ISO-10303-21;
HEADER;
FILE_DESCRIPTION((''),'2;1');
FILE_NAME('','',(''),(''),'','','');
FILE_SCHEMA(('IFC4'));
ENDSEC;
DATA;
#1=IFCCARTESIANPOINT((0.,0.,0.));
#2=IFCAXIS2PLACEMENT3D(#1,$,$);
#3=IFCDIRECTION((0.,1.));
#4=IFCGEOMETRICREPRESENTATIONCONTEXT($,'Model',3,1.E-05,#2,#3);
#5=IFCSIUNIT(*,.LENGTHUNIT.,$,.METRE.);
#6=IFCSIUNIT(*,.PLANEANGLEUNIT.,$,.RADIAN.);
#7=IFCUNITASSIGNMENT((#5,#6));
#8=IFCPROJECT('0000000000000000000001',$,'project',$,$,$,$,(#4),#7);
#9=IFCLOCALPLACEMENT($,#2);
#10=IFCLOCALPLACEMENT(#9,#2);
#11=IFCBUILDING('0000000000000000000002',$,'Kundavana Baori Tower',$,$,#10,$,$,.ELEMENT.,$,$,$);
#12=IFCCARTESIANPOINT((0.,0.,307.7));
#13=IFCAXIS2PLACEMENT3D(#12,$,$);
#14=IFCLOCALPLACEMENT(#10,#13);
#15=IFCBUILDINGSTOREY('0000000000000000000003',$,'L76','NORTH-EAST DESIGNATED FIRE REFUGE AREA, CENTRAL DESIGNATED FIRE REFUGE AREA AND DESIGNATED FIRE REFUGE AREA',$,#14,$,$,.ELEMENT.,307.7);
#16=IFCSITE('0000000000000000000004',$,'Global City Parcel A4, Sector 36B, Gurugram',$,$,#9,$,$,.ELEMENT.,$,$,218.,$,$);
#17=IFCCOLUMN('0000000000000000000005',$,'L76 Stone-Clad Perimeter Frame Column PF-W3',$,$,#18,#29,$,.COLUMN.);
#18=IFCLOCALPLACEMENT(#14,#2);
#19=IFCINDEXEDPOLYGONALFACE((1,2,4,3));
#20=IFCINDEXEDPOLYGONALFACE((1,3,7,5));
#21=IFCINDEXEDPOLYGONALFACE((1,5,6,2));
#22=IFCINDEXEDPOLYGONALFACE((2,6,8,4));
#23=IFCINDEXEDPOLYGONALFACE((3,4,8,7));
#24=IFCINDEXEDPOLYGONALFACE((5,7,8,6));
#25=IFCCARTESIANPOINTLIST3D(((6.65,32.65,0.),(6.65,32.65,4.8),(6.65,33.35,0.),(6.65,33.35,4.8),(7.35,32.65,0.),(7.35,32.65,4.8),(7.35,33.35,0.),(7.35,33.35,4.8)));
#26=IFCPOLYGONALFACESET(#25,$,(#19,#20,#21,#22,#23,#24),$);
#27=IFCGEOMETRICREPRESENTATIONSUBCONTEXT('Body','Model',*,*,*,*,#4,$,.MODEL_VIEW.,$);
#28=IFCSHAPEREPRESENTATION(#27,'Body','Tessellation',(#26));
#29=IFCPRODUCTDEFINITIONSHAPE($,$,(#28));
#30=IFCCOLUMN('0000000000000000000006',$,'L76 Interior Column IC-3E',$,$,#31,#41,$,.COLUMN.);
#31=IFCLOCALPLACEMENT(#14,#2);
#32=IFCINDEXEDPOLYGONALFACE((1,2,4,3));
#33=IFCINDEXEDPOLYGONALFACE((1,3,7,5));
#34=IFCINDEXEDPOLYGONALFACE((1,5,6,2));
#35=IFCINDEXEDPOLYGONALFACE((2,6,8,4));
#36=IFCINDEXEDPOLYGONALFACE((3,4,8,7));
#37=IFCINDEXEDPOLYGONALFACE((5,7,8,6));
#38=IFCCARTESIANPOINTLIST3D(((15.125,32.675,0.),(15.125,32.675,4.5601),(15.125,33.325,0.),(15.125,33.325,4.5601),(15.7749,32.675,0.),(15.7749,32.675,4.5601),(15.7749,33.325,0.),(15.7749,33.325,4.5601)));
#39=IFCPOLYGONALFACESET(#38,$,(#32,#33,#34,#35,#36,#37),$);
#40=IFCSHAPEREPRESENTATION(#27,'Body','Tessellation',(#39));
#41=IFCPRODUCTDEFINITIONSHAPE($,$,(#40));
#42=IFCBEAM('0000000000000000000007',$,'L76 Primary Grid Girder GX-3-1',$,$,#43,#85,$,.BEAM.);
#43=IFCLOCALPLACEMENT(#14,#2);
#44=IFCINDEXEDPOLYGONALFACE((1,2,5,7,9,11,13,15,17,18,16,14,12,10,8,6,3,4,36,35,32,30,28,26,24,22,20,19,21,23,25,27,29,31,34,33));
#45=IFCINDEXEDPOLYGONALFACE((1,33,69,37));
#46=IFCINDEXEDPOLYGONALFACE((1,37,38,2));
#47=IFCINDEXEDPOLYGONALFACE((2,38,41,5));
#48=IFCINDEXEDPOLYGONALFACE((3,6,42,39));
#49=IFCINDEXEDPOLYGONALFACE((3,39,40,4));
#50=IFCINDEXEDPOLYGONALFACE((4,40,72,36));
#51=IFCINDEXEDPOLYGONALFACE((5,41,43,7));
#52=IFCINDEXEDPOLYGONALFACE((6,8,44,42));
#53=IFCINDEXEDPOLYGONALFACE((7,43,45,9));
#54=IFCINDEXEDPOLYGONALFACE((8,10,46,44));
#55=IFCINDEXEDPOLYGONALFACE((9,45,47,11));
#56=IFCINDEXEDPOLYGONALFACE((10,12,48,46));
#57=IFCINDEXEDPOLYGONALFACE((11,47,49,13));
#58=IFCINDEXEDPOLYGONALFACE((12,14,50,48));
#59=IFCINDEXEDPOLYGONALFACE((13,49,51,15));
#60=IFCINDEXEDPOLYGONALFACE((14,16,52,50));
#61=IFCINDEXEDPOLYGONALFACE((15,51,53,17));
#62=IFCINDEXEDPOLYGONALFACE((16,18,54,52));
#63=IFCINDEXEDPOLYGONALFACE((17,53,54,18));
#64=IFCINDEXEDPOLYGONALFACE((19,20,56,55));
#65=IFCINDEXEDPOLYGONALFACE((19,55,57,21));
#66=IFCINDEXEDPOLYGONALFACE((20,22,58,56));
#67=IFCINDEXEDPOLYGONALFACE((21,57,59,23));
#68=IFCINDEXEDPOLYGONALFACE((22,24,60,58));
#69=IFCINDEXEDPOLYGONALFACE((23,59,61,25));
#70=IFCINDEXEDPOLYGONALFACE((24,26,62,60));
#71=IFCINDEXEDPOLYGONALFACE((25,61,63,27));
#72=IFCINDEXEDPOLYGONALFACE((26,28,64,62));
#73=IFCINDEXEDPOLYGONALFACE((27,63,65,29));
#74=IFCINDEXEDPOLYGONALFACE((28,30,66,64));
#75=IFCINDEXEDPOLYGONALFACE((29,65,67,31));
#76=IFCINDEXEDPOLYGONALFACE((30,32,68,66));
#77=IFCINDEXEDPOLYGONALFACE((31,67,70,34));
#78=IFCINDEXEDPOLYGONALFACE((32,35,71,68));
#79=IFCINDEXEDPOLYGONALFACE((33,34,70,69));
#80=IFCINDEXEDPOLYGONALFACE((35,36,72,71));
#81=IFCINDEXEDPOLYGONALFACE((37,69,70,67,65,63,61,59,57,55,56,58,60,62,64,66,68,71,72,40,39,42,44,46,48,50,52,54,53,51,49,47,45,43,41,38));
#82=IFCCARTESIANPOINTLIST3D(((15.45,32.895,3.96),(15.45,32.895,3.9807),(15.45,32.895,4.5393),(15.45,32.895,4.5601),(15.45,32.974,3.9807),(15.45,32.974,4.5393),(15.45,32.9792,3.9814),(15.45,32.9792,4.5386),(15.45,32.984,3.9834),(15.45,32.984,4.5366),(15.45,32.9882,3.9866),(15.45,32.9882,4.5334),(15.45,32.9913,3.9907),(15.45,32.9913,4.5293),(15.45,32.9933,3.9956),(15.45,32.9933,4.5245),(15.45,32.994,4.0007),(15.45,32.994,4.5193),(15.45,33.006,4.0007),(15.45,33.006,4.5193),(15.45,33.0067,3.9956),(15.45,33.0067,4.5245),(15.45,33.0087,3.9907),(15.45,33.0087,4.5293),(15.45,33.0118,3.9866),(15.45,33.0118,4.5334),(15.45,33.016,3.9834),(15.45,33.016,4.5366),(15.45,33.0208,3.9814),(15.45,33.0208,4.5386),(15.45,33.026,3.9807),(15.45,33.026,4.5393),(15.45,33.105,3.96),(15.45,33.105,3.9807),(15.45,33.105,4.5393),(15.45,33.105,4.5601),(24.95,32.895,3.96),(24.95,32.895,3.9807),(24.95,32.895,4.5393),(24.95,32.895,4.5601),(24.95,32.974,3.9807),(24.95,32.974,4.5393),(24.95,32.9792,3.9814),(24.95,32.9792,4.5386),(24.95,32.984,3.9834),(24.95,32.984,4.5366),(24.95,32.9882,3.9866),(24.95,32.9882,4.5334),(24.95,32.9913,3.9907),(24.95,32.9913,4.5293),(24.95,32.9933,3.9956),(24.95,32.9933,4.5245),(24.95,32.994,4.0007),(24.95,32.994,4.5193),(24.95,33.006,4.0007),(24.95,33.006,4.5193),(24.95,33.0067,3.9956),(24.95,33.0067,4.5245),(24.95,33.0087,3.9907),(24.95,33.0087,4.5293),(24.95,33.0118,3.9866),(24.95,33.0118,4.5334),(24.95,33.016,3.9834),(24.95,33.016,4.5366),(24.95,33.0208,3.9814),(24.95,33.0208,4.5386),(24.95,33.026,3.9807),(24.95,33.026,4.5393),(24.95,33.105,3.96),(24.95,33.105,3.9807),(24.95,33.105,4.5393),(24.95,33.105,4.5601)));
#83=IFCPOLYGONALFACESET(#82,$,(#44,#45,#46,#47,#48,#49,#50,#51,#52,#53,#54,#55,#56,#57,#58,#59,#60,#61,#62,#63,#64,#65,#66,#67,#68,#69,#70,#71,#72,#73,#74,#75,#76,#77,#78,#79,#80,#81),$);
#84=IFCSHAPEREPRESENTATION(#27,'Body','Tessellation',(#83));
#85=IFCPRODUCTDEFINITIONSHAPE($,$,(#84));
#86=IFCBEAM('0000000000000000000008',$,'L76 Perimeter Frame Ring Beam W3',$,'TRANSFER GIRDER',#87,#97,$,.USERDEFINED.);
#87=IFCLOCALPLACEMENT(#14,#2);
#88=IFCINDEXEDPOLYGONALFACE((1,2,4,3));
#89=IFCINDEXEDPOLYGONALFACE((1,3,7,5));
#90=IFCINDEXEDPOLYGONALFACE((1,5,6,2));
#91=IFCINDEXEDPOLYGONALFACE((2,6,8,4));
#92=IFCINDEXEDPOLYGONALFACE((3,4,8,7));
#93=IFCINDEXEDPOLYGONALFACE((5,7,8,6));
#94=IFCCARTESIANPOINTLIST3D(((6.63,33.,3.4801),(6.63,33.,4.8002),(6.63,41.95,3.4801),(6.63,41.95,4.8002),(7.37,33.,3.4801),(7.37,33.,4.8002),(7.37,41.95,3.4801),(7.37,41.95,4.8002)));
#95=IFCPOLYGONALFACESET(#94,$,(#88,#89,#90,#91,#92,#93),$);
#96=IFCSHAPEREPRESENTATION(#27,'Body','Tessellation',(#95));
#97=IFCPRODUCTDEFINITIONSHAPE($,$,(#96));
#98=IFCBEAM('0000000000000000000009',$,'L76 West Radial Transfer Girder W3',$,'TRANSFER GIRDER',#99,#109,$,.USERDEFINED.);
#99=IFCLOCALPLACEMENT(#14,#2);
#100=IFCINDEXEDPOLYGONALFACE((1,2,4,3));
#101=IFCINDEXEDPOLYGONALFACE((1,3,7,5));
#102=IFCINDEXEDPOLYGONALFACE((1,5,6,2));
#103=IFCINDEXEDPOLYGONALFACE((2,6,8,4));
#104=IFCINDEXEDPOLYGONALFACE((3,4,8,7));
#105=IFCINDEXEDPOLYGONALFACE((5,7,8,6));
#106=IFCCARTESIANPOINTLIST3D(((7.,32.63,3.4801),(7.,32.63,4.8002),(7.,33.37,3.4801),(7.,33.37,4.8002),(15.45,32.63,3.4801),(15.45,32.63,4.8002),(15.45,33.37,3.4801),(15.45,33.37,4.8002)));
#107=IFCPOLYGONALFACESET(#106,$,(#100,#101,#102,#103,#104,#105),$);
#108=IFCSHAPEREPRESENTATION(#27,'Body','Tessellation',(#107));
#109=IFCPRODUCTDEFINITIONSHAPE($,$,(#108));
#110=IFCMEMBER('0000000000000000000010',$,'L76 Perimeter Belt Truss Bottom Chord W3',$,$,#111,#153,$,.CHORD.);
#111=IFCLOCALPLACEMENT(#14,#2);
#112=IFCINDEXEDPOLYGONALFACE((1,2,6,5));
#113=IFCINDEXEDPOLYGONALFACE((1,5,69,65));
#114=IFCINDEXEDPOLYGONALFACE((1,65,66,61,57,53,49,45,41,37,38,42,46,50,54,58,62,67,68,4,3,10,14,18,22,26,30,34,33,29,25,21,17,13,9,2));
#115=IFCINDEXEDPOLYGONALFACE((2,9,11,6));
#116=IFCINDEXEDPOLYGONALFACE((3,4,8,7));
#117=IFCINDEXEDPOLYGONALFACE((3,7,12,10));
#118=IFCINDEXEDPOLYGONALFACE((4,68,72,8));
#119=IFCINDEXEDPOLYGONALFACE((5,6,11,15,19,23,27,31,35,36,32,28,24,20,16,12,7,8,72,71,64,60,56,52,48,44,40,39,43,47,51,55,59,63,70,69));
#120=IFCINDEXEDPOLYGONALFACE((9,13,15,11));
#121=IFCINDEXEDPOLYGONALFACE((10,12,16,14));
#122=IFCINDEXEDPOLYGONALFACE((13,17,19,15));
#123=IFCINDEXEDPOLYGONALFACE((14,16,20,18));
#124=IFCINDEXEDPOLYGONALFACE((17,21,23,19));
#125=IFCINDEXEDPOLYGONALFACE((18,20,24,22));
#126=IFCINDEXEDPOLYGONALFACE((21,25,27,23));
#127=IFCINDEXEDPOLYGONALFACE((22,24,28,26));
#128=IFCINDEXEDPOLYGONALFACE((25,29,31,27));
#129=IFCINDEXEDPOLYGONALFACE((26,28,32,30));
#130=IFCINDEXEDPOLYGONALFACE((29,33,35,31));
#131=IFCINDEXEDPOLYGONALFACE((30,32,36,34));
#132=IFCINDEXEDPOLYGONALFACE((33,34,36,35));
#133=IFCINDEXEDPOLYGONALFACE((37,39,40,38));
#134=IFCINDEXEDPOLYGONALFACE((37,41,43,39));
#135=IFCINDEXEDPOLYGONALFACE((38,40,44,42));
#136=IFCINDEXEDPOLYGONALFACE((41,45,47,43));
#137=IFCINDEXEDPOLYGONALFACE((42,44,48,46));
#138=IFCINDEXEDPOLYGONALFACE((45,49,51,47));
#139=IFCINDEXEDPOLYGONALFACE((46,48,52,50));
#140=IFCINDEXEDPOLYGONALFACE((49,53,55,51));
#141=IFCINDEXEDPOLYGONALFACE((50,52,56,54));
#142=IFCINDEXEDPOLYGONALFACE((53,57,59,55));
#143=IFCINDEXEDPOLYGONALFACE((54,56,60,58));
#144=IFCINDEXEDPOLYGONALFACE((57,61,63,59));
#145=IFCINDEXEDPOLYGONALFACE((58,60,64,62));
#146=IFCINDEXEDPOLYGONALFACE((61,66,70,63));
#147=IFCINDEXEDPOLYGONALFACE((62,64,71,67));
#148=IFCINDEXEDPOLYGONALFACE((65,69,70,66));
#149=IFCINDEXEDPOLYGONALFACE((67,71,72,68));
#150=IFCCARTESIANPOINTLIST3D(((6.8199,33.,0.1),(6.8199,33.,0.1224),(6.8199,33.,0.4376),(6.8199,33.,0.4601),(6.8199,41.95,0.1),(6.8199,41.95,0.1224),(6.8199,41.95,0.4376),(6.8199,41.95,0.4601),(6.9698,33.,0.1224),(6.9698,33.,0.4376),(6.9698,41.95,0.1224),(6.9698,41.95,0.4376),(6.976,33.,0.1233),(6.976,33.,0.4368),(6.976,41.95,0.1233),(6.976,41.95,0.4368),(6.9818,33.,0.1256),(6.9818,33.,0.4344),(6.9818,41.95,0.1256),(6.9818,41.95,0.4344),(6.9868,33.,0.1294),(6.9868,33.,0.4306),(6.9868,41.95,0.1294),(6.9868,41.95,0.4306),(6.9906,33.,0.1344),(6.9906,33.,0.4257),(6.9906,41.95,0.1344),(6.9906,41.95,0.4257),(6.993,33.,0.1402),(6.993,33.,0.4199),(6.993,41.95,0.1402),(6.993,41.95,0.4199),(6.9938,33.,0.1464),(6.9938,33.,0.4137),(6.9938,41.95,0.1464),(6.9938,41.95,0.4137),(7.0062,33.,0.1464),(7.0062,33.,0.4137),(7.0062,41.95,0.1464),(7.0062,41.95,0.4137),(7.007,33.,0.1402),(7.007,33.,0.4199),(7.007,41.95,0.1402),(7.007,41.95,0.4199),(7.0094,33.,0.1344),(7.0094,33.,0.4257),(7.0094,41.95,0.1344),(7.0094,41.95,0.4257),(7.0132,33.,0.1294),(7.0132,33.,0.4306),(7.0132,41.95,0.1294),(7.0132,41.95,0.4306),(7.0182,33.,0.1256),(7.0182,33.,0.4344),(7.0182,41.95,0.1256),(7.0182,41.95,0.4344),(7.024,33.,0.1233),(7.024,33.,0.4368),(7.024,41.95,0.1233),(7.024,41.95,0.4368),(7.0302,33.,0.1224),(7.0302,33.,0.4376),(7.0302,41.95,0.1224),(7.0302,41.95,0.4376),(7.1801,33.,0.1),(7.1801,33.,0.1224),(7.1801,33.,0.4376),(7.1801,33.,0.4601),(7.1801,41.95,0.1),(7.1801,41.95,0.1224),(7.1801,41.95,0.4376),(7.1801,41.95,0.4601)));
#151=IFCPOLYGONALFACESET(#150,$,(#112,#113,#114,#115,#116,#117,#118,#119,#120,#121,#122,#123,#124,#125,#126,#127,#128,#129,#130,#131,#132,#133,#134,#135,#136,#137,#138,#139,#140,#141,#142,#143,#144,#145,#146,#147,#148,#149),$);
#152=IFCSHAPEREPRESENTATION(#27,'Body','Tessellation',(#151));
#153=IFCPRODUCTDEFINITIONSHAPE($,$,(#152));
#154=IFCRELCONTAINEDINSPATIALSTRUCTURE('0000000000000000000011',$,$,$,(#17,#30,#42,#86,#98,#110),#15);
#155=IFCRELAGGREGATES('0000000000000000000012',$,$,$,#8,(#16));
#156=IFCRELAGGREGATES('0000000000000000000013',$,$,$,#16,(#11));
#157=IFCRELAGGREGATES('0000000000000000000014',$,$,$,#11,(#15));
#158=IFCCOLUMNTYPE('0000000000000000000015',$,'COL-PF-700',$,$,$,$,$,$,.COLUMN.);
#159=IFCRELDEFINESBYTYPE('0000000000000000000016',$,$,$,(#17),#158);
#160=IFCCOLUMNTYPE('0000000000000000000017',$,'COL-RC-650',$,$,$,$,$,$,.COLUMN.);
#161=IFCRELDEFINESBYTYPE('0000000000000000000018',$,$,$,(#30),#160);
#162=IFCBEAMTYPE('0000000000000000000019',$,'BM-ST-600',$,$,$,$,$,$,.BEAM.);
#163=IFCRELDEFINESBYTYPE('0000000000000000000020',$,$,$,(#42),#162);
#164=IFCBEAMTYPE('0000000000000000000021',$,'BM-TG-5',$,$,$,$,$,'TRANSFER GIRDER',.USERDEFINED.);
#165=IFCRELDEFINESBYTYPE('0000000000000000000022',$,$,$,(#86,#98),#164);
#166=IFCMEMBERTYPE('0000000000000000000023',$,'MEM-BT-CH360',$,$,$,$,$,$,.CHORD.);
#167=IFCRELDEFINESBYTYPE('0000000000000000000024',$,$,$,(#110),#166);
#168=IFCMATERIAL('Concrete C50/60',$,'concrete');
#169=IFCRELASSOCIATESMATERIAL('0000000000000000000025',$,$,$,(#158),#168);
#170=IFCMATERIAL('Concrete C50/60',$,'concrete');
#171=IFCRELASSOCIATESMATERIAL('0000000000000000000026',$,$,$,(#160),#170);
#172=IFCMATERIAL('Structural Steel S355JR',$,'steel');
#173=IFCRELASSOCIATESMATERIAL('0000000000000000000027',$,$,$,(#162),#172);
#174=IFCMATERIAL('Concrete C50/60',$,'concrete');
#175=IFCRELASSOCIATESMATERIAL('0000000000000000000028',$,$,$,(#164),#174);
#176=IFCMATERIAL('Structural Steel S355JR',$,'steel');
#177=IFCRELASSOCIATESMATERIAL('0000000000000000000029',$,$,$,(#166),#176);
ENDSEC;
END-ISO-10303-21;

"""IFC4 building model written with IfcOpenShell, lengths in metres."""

from ifc_helpers import new_model, si_unit, direction, frame, origin, origin_2d, place, context, subcontext, project, spatial, rectangle, i_section, extrude, material, material_profile, profile_set, type_object, element, save


model = new_model("IFC4")

# Units and contexts
model_context = context("Model", 3, precision=1e-05, world=origin(), true_north=direction((0.0, 1.0)))
body_context = subcontext(model_context, "Body", "Model", "MODEL_VIEW")
ifc_project = project(units=[si_unit("LENGTHUNIT", "METRE"), si_unit("PLANEANGLEUNIT", "RADIAN")], contexts=[model_context])

# Site, building, storey
site_placement = place(None, origin())
site = spatial("IfcSite", under=ifc_project, at=site_placement, Name="Global City Parcel A4, Sector 36B, Gurugram", CompositionType="ELEMENT", RefElevation=218.0)
building_placement = place(site_placement, origin())
building = spatial("IfcBuilding", under=site, at=building_placement, Name="Kundavana Baori Tower", CompositionType="ELEMENT")
storey_placement = place(building_placement, frame((0.0, 0.0, 307.7)))
storey = spatial("IfcBuildingStorey", under=building, at=storey_placement, Name="L76", Description="NORTH-EAST DESIGNATED FIRE REFUGE AREA, CENTRAL DESIGNATED FIRE REFUGE AREA AND DESIGNATED FIRE REFUGE AREA", CompositionType="ELEMENT", Elevation=307.7)

# Columns
ifc_material_1 = material(Name="Concrete C50/60", Category="concrete")
ifc_material_profile_1 = material_profile(ifc_material_1, rectangle(XDim=0.7, YDim=0.7, at=origin_2d()), Name="RC PF 700x700")
ifc_profile_set_1 = profile_set([ifc_material_profile_1], Name="Concrete C50/60")
column_type_1 = type_object("IfcColumnType", Name="COL-PF-700", PredefinedType="COLUMN", material=ifc_profile_set_1)
column_1_placement = place(storey_placement, frame((7.0, 33.0, 0.0), z_axis=(0.0, 0.0, 1.0), x_axis=(1.0, 0.0, 0.0)))
element("IfcColumn", 1, at=column_1_placement, inside=storey, type_object=column_type_1, Name="L76 Stone-Clad Perimeter Frame Column PF-W3", PredefinedType="COLUMN", context=body_context, shape_type="SweptSolid", body=[
    extrude(rectangle(XDim=0.7, YDim=0.7, at=origin_2d()), origin(), (0.0, 0.0, 1.0), 4.8),
])
ifc_material_2 = material(Name="Concrete C50/60", Category="concrete")
ifc_material_profile_2 = material_profile(ifc_material_2, rectangle(XDim=0.6499, YDim=0.6499, at=origin_2d()), Name="RC 650x650")
ifc_profile_set_2 = profile_set([ifc_material_profile_2], Name="Concrete C50/60")
column_type_2 = type_object("IfcColumnType", Name="COL-RC-650", PredefinedType="COLUMN", material=ifc_profile_set_2)
column_2_placement = place(storey_placement, frame((15.45, 33.0, 0.0), z_axis=(0.0, 0.0, 1.0), x_axis=(1.0, 0.0, 0.0)))
element("IfcColumn", 2, at=column_2_placement, inside=storey, type_object=column_type_2, Name="L76 Interior Column IC-3E", PredefinedType="COLUMN", context=body_context, shape_type="SweptSolid", body=[
    extrude(rectangle(XDim=0.6499, YDim=0.6499, at=origin_2d()), origin(), (0.0, 0.0, 1.0), 4.5601),
])

# Beams
ifc_material_3 = material(Name="Structural Steel S355JR", Category="steel")
ifc_material_profile_3 = material_profile(ifc_material_3, i_section(OverallWidth=0.21, OverallDepth=0.6001, WebThickness=0.012, FlangeThickness=0.0208, FilletRadius=0.02, at=origin_2d()), Name="ISMB 600")
ifc_profile_set_3 = profile_set([ifc_material_profile_3], Name="Structural Steel S355JR")
beam_type_1 = type_object("IfcBeamType", Name="BM-ST-600", PredefinedType="BEAM", material=ifc_profile_set_3)
beam_1_placement = place(storey_placement, frame((15.45, 33.0, 4.26), z_axis=(1.0, 0.0, 0.0), x_axis=(0.0, 1.0, 0.0)))
element("IfcBeam", 3, at=beam_1_placement, inside=storey, type_object=beam_type_1, Name="L76 Primary Grid Girder GX-3-1", PredefinedType="BEAM", context=body_context, shape_type="SweptSolid", body=[
    extrude(i_section(OverallWidth=0.21, OverallDepth=0.6001, WebThickness=0.012, FlangeThickness=0.0208, FilletRadius=0.02, at=origin_2d()), origin(), (0.0, 0.0, 1.0), 9.5),
])
ifc_material_4 = material(Name="Concrete C50/60", Category="concrete")
ifc_material_profile_4 = material_profile(ifc_material_4, rectangle(XDim=0.74, YDim=1.3201, at=origin_2d()), Name="BM-TG-5")
ifc_profile_set_4 = profile_set([ifc_material_profile_4], Name="Concrete C50/60")
beam_type_2 = type_object("IfcBeamType", Name="BM-TG-5", ElementType="TRANSFER GIRDER", PredefinedType="USERDEFINED", material=ifc_profile_set_4)
beam_2_placement = place(storey_placement, frame((7.0, 33.0, 4.1401), z_axis=(0.0, 1.0, 0.0), x_axis=(-1.0, 0.0, 0.0)))
element("IfcBeam", 4, at=beam_2_placement, inside=storey, type_object=beam_type_2, Name="L76 Perimeter Frame Ring Beam W3", ObjectType="TRANSFER GIRDER", PredefinedType="USERDEFINED", context=body_context, shape_type="SweptSolid", body=[
    extrude(rectangle(XDim=0.74, YDim=1.3201, at=origin_2d()), origin(), (0.0, 0.0, 1.0), 8.95),
])
beam_3_placement = place(storey_placement, frame((15.45, 33.0, 4.1401), z_axis=(-1.0, 0.0, 0.0), x_axis=(0.0, -1.0, 0.0)))
element("IfcBeam", 5, at=beam_3_placement, inside=storey, type_object=beam_type_2, Name="L76 West Radial Transfer Girder W3", ObjectType="TRANSFER GIRDER", PredefinedType="USERDEFINED", context=body_context, shape_type="SweptSolid", body=[
    extrude(rectangle(XDim=0.74, YDim=1.3201, at=origin_2d()), origin(), (0.0, 0.0, 1.0), 8.45),
])

# Member
ifc_material_5 = material(Name="Structural Steel S355JR", Category="steel")
ifc_material_profile_5 = material_profile(ifc_material_5, i_section(OverallWidth=0.3601, OverallDepth=0.3601, WebThickness=0.0125, FlangeThickness=0.0225, FilletRadius=0.0239, at=origin_2d()), Name="WPB 360x360x142")
ifc_profile_set_5 = profile_set([ifc_material_profile_5], Name="Structural Steel S355JR")
member_type_1 = type_object("IfcMemberType", Name="MEM-BT-CH360", PredefinedType="CHORD", material=ifc_profile_set_5)
member_1_placement = place(storey_placement, frame((7.0, 33.0, 0.28), z_axis=(0.0, 1.0, 0.0), x_axis=(-1.0, 0.0, 0.0)))
element("IfcMember", 6, at=member_1_placement, inside=storey, type_object=member_type_1, Name="L76 Perimeter Belt Truss Bottom Chord W3", PredefinedType="CHORD", context=body_context, shape_type="SweptSolid", body=[
    extrude(i_section(OverallWidth=0.3601, OverallDepth=0.3601, WebThickness=0.0125, FlangeThickness=0.0225, FilletRadius=0.0239, at=origin_2d()), origin(), (0.0, 0.0, 1.0), 8.95),
])

save(model, "model.ifc")
